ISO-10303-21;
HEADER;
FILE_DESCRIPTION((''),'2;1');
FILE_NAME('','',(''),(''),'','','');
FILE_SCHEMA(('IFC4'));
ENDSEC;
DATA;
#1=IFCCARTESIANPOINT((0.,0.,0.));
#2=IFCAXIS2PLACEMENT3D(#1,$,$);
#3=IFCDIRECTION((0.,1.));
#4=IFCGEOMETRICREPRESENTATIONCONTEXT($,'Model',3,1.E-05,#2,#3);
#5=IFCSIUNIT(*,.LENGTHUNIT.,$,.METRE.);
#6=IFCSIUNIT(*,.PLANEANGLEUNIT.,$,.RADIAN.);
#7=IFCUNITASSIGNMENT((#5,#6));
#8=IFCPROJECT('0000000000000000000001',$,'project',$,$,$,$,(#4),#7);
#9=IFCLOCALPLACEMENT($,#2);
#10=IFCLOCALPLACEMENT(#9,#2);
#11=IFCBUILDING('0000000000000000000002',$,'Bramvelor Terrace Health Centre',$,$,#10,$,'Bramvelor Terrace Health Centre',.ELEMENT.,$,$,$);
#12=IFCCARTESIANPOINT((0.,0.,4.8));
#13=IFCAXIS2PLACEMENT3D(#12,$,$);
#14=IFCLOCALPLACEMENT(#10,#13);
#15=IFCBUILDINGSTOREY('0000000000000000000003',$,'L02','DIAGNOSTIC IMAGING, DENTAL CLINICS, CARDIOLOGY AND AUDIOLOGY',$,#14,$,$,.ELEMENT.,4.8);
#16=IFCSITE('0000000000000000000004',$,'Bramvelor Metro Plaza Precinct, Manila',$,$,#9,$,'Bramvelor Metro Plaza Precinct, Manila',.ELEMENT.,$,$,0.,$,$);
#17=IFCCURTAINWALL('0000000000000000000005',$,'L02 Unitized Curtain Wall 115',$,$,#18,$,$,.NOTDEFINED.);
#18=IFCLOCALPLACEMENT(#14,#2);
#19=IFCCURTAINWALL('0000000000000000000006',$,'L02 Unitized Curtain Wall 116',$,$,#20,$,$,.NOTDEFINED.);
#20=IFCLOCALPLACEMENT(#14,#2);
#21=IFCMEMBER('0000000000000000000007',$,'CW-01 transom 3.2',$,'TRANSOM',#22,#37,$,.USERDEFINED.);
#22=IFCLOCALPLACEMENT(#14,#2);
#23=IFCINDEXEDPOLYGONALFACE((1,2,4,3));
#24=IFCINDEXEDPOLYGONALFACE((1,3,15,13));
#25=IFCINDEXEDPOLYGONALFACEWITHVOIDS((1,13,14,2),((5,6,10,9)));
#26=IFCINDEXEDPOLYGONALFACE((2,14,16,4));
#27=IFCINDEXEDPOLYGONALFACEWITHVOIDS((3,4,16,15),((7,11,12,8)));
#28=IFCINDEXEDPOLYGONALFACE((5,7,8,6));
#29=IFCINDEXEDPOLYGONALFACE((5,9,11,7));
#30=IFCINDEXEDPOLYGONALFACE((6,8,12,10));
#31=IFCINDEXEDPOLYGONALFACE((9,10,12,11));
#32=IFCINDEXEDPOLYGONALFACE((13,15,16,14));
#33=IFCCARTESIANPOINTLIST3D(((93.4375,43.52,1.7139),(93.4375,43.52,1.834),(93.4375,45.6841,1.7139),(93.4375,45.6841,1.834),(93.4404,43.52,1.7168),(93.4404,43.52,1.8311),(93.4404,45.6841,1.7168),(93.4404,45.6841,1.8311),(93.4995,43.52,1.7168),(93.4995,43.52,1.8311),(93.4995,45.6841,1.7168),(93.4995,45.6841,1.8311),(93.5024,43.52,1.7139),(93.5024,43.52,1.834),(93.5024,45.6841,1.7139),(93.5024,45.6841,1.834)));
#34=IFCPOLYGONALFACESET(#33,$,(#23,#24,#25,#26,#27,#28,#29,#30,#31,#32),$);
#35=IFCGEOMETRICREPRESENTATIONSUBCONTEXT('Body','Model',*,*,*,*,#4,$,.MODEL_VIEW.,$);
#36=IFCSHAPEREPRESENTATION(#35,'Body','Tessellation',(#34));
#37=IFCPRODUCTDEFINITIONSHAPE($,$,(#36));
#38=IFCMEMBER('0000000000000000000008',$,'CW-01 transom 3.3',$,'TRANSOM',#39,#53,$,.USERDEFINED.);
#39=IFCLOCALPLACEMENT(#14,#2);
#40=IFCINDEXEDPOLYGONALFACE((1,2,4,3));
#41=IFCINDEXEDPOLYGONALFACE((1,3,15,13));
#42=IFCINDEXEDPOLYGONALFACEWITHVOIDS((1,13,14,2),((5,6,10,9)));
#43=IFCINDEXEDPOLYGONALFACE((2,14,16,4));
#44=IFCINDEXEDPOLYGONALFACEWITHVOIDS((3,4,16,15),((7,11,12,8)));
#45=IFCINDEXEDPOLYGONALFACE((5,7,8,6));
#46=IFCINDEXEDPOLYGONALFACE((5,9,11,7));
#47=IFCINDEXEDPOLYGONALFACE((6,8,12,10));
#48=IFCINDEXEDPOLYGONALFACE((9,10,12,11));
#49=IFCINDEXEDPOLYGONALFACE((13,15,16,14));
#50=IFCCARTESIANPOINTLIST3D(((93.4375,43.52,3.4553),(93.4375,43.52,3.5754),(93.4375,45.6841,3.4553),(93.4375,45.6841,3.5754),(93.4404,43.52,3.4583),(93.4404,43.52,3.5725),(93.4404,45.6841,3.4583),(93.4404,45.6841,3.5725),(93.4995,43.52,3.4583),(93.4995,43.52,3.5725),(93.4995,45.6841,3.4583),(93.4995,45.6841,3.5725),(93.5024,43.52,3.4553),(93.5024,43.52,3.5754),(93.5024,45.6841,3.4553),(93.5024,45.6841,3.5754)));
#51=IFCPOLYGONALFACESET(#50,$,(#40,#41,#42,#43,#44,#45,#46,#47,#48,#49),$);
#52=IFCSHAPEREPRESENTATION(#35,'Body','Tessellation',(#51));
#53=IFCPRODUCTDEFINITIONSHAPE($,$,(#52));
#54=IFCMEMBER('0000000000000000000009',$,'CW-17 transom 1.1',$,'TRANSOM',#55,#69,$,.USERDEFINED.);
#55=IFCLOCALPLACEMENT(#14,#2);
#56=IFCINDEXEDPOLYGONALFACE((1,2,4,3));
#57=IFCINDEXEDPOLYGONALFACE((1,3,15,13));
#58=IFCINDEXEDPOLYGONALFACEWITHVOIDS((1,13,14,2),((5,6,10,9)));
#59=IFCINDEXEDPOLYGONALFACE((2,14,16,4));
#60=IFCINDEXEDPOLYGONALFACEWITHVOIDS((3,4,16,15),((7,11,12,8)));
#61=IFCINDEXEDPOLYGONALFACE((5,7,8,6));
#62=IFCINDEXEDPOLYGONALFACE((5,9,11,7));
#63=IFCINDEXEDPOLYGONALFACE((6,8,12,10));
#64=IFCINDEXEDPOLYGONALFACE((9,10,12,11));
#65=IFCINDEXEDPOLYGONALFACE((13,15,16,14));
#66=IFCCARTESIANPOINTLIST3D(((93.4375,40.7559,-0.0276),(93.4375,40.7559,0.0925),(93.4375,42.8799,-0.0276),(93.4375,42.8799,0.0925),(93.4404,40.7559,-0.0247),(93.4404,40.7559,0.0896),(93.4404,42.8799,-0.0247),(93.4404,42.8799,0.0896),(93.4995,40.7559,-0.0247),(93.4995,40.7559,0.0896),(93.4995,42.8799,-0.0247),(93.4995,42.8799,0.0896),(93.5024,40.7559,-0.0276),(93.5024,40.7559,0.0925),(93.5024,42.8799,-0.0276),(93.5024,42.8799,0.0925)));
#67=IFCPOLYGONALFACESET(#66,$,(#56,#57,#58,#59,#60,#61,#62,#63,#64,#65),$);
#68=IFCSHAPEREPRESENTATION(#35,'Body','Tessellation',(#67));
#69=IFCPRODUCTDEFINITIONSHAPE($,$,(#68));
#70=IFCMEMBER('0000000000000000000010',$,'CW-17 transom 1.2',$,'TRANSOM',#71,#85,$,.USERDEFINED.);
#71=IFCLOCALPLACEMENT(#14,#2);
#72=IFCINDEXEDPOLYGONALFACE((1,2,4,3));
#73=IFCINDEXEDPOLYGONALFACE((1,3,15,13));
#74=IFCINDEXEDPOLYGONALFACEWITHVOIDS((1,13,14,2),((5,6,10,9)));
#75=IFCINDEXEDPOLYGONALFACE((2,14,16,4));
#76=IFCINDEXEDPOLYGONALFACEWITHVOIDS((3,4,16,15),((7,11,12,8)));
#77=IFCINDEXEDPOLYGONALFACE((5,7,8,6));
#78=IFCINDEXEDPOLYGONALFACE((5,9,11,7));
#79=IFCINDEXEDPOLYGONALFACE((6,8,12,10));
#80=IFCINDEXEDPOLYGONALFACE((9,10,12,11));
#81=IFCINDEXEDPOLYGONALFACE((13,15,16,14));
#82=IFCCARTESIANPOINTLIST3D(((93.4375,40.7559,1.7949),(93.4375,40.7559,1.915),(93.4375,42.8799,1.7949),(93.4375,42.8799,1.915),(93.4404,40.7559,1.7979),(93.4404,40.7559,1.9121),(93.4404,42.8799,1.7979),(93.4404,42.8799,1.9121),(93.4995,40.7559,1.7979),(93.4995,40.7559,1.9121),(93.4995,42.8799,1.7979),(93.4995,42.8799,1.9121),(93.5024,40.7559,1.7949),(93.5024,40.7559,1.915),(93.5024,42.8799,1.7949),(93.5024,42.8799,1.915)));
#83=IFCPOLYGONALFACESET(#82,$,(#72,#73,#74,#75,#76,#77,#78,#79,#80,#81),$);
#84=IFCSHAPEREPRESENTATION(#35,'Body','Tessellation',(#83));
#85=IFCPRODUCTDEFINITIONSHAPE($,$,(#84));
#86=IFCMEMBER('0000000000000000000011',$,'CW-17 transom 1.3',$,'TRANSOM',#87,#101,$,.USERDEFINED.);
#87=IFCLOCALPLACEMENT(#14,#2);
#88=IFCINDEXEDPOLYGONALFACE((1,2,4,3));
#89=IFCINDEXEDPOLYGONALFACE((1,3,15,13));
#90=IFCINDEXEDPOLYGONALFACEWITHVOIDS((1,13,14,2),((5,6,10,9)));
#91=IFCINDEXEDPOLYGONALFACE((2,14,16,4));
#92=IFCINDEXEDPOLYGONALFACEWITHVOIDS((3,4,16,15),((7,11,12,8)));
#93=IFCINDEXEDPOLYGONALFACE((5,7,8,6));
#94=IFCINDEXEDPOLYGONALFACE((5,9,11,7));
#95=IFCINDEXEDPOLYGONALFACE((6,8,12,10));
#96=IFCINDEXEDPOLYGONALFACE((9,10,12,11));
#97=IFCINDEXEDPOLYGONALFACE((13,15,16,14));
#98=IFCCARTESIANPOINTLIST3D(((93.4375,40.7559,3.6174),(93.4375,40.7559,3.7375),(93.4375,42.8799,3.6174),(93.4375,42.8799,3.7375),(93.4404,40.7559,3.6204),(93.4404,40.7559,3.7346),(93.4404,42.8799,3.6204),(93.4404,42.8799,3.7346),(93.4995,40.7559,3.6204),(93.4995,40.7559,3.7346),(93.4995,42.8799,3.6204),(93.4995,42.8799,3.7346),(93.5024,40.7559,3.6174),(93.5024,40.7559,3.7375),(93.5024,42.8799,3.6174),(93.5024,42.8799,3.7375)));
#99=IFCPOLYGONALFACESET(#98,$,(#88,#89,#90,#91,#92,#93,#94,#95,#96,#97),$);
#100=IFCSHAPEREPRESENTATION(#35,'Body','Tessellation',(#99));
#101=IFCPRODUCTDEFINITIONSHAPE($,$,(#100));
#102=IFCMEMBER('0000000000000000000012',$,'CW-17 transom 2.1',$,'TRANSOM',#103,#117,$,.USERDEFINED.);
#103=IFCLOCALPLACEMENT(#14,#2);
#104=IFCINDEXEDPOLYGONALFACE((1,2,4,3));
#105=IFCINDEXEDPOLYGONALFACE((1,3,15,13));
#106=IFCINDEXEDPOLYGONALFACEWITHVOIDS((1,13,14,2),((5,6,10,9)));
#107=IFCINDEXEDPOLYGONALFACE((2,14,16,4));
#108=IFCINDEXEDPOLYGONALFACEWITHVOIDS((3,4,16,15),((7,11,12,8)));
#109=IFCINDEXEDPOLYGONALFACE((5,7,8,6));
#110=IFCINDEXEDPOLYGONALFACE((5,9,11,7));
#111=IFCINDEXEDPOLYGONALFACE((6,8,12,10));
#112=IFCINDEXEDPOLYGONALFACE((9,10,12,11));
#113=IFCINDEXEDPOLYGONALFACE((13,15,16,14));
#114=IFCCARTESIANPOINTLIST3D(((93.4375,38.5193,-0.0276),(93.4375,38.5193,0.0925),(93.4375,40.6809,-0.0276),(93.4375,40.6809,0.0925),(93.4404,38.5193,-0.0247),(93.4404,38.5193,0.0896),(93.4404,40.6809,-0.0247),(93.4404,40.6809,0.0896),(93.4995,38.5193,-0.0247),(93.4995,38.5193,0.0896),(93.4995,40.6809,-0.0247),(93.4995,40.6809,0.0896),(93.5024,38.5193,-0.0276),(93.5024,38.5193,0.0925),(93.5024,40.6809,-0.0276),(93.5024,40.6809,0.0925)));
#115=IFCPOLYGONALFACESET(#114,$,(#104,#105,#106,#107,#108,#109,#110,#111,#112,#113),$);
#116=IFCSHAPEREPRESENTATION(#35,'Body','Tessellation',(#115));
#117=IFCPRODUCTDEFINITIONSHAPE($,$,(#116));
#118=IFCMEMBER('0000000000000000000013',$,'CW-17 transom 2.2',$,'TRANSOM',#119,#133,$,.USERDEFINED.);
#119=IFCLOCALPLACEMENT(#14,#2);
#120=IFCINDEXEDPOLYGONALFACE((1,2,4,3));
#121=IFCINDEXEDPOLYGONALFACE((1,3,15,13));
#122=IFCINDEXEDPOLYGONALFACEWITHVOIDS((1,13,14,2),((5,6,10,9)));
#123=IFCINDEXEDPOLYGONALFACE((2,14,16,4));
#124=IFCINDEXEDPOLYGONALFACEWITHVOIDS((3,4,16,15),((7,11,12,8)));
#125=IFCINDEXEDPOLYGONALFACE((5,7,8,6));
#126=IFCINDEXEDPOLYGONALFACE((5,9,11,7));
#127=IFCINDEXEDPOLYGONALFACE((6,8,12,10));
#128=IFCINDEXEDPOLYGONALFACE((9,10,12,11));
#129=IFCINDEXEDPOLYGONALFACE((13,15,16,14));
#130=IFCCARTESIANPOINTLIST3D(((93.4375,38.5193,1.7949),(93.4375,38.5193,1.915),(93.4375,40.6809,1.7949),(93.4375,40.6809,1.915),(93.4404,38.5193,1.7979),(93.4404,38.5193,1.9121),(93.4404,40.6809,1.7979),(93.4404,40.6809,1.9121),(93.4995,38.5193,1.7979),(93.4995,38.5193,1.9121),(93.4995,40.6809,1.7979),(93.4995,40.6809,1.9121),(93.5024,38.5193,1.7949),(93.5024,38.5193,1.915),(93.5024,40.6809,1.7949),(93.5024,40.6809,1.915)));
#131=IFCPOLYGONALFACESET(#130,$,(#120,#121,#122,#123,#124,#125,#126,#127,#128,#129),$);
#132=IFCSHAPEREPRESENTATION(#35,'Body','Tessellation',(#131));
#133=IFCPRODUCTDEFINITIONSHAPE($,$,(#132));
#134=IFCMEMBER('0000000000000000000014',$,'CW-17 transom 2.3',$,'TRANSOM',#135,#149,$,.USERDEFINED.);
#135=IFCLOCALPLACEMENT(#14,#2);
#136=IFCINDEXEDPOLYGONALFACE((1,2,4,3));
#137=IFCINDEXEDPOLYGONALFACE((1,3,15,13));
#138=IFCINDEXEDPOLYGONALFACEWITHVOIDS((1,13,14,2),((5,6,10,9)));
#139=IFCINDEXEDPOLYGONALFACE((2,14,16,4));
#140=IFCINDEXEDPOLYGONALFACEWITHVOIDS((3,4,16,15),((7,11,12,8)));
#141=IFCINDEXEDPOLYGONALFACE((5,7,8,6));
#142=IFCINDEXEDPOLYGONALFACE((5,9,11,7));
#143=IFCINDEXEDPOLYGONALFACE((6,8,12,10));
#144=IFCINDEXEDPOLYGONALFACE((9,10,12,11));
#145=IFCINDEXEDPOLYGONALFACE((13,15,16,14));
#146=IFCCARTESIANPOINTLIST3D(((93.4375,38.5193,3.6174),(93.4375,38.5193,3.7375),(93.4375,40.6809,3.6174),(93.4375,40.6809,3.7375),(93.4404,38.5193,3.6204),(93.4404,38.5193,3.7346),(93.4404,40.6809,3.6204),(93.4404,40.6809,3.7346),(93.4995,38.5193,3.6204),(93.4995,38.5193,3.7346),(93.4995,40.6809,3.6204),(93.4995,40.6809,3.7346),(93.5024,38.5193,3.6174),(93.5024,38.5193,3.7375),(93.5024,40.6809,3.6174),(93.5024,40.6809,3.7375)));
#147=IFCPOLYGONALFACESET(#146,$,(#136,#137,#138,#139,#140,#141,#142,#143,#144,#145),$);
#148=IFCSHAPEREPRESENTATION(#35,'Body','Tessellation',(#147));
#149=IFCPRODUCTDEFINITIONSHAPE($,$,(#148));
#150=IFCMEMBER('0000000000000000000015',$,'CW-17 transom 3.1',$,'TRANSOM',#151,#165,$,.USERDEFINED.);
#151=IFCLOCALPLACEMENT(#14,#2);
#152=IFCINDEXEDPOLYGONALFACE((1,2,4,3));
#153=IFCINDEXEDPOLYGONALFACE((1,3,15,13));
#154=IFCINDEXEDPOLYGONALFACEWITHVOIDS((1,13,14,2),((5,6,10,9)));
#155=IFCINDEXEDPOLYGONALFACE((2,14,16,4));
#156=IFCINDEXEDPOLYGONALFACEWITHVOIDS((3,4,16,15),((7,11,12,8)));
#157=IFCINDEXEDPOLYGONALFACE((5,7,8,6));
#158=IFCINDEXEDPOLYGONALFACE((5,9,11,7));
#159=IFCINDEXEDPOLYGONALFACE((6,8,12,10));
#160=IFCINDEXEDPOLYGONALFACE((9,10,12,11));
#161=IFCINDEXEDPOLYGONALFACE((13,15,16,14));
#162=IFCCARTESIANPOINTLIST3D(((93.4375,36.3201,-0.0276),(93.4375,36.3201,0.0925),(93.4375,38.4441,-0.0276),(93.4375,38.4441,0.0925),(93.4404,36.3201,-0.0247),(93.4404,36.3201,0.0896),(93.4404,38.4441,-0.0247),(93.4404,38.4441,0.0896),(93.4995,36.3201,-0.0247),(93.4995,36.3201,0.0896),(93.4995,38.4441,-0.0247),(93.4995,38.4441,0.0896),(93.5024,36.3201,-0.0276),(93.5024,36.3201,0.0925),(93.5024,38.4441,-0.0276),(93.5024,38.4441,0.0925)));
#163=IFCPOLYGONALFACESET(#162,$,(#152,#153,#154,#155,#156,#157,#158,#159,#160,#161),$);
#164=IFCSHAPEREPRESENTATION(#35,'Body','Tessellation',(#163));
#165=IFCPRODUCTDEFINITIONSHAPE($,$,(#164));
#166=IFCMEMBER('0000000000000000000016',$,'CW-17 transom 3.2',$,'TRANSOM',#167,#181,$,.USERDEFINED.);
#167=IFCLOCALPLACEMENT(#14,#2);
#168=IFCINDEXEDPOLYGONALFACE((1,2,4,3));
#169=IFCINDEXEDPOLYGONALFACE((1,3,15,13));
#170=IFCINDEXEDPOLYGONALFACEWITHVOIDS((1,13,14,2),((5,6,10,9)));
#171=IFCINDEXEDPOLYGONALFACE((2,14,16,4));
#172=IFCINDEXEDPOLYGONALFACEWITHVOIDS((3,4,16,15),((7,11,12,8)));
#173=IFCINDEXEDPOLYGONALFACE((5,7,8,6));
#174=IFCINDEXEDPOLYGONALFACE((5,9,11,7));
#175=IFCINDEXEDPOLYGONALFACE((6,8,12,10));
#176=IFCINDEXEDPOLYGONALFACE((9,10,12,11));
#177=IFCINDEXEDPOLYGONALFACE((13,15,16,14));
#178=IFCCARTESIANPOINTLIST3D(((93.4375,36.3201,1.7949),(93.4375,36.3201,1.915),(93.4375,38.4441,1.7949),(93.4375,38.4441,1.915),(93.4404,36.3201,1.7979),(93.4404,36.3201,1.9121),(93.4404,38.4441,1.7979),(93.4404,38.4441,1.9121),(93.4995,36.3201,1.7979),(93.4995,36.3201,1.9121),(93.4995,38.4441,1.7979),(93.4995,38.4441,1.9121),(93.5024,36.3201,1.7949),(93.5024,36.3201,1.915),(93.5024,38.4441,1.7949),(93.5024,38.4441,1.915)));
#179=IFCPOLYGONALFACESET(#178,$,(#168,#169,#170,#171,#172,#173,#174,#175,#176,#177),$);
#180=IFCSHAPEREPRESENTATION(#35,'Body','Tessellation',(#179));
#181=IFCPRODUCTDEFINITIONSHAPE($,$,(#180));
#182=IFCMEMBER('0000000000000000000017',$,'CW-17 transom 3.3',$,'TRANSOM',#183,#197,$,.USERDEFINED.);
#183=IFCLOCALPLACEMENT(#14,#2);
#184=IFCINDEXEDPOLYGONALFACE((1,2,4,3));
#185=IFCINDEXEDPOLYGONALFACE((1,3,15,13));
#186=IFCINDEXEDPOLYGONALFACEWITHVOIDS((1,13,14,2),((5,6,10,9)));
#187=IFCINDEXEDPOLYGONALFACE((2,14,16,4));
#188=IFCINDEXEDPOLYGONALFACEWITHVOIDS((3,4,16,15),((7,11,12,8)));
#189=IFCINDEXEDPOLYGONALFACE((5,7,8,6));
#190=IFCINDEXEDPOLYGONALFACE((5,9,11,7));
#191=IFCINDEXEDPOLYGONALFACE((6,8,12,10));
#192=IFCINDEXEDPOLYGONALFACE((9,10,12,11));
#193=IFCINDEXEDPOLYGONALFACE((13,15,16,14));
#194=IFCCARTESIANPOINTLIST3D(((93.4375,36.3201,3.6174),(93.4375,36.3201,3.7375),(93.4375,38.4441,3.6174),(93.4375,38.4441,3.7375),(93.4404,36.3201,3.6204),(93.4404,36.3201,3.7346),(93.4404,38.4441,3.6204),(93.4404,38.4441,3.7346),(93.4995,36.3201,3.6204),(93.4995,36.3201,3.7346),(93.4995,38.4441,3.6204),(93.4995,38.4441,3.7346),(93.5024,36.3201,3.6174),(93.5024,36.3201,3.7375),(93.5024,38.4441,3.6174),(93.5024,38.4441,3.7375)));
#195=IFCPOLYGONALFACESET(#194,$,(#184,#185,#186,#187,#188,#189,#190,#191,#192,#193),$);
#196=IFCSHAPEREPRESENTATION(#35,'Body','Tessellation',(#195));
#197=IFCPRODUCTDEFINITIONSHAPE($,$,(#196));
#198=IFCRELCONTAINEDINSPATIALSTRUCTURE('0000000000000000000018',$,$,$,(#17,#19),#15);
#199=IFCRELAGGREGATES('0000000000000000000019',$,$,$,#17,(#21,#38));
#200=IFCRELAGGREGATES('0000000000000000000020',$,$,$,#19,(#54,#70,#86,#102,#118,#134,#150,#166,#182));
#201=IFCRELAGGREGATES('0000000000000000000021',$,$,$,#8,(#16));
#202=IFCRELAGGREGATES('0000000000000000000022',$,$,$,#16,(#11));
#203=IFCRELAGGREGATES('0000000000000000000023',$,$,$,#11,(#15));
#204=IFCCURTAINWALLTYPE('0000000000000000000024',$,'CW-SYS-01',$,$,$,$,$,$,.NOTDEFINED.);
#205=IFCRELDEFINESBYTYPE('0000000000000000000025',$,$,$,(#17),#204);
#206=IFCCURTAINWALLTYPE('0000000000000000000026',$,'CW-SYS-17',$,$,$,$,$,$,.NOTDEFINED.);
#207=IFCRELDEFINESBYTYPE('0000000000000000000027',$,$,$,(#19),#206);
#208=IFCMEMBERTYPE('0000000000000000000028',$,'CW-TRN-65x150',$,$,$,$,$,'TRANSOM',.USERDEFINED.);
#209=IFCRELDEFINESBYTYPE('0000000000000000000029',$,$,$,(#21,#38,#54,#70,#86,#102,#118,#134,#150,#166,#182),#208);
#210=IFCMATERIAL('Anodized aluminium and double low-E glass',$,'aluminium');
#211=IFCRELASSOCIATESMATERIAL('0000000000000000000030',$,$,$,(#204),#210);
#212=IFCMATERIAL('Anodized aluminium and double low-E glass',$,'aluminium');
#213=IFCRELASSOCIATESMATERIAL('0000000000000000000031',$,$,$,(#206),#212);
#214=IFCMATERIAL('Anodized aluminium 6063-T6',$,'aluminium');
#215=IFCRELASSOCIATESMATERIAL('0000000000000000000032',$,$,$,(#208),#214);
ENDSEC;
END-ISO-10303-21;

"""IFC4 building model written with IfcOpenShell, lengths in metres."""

from ifc_helpers import new_model, si_unit, direction, frame, origin, origin_2d, place, context, subcontext, project, spatial, hollow_rectangle, extrude, material, material_profile, profile_set, type_object, element, aggregate, save


model = new_model("IFC4")

# Units and contexts
model_context = context("Model", 3, precision=1e-05, world=origin(), true_north=direction((0.0, 1.0)))
body_context = subcontext(model_context, "Body", "Model", "MODEL_VIEW")
ifc_project = project(units=[si_unit("LENGTHUNIT", "METRE"), si_unit("PLANEANGLEUNIT", "RADIAN")], contexts=[model_context])

# Site, building, storey
site_placement = place(None, origin())
site = spatial("IfcSite", under=ifc_project, at=site_placement, Name="Bramvelor Metro Plaza Precinct, Manila", LongName="Bramvelor Metro Plaza Precinct, Manila", CompositionType="ELEMENT", RefElevation=0.0)
building_placement = place(site_placement, origin())
building = spatial("IfcBuilding", under=site, at=building_placement, Name="Bramvelor Terrace Health Centre", LongName="Bramvelor Terrace Health Centre", CompositionType="ELEMENT")
storey_placement = place(building_placement, frame((0.0, 0.0, 4.8)))
storey = spatial("IfcBuildingStorey", under=building, at=storey_placement, Name="L02", Description="DIAGNOSTIC IMAGING, DENTAL CLINICS, CARDIOLOGY AND AUDIOLOGY", CompositionType="ELEMENT", Elevation=4.8)

# Curtain walls
ifc_material_1 = material(Name="Anodized aluminium and double low-E glass", Category="aluminium")
curtain_wall_type_1 = type_object("IfcCurtainWallType", Name="CW-SYS-01", PredefinedType="NOTDEFINED", material=ifc_material_1)
curtain_wall_1_placement = place(storey_placement, origin())
curtain_wall_1 = element("IfcCurtainWall", 1, at=curtain_wall_1_placement, inside=storey, type_object=curtain_wall_type_1, Name="L02 Unitized Curtain Wall 115", PredefinedType="NOTDEFINED")
ifc_material_2 = material(Name="Anodized aluminium and double low-E glass", Category="aluminium")
curtain_wall_type_2 = type_object("IfcCurtainWallType", Name="CW-SYS-17", PredefinedType="NOTDEFINED", material=ifc_material_2)
curtain_wall_2_placement = place(storey_placement, origin())
curtain_wall_2 = element("IfcCurtainWall", 2, at=curtain_wall_2_placement, inside=storey, type_object=curtain_wall_type_2, Name="L02 Unitized Curtain Wall 116", PredefinedType="NOTDEFINED")

# Members
ifc_material_3 = material(Name="Anodized aluminium 6063-T6", Category="aluminium")
ifc_material_profile_1 = material_profile(ifc_material_3, hollow_rectangle(XDim=0.0649, YDim=0.1201, WallThickness=0.0029, at=origin_2d()), Name="ALU-TRN 65x120x3.0")
ifc_profile_set_1 = profile_set([ifc_material_profile_1], Name="Anodized aluminium 6063-T6")
member_type_1 = type_object("IfcMemberType", Name="CW-TRN-65x150", ElementType="TRANSOM", PredefinedType="USERDEFINED", material=ifc_profile_set_1)
member_1_placement = place(storey_placement, frame((93.47, 45.6841, 1.7739), z_axis=(0.0, -1.0, 0.0), x_axis=(1.0, 0.0, 0.0)))
member_1 = element("IfcMember", 3, at=member_1_placement, type_object=member_type_1, Name="CW-01 transom 3.2", ObjectType="TRANSOM", PredefinedType="USERDEFINED", context=body_context, shape_type="SweptSolid", body=[
    extrude(hollow_rectangle(XDim=0.0649, YDim=0.1201, WallThickness=0.0029, at=origin_2d()), origin(), (0.0, 0.0, 1.0), 2.1641),
])
member_2_placement = place(storey_placement, frame((93.47, 45.6841, 3.5154), z_axis=(0.0, -1.0, 0.0), x_axis=(1.0, 0.0, 0.0)))
member_2 = element("IfcMember", 4, at=member_2_placement, type_object=member_type_1, Name="CW-01 transom 3.3", ObjectType="TRANSOM", PredefinedType="USERDEFINED", context=body_context, shape_type="SweptSolid", body=[
    extrude(hollow_rectangle(XDim=0.0649, YDim=0.1201, WallThickness=0.0029, at=origin_2d()), origin(), (0.0, 0.0, 1.0), 2.1641),
])
member_3_placement = place(storey_placement, frame((93.47, 42.8799, 0.0325), z_axis=(0.0, -1.0, 0.0), x_axis=(1.0, 0.0, 0.0)))
member_3 = element("IfcMember", 5, at=member_3_placement, type_object=member_type_1, Name="CW-17 transom 1.1", ObjectType="TRANSOM", PredefinedType="USERDEFINED", context=body_context, shape_type="SweptSolid", body=[
    extrude(hollow_rectangle(XDim=0.0649, YDim=0.1201, WallThickness=0.0029, at=origin_2d()), origin(), (0.0, 0.0, 1.0), 2.124),
])
member_4_placement = place(storey_placement, frame((93.47, 42.8799, 1.855), z_axis=(0.0, -1.0, 0.0), x_axis=(1.0, 0.0, 0.0)))
member_4 = element("IfcMember", 6, at=member_4_placement, type_object=member_type_1, Name="CW-17 transom 1.2", ObjectType="TRANSOM", PredefinedType="USERDEFINED", context=body_context, shape_type="SweptSolid", body=[
    extrude(hollow_rectangle(XDim=0.0649, YDim=0.1201, WallThickness=0.0029, at=origin_2d()), origin(), (0.0, 0.0, 1.0), 2.124),
])
member_5_placement = place(storey_placement, frame((93.47, 42.8799, 3.6775), z_axis=(0.0, -1.0, 0.0), x_axis=(1.0, 0.0, 0.0)))
member_5 = element("IfcMember", 7, at=member_5_placement, type_object=member_type_1, Name="CW-17 transom 1.3", ObjectType="TRANSOM", PredefinedType="USERDEFINED", context=body_context, shape_type="SweptSolid", body=[
    extrude(hollow_rectangle(XDim=0.0649, YDim=0.1201, WallThickness=0.0029, at=origin_2d()), origin(), (0.0, 0.0, 1.0), 2.124),
])
member_6_placement = place(storey_placement, frame((93.47, 40.6809, 0.0325), z_axis=(0.0, -1.0, 0.0), x_axis=(1.0, 0.0, 0.0)))
member_6 = element("IfcMember", 8, at=member_6_placement, type_object=member_type_1, Name="CW-17 transom 2.1", ObjectType="TRANSOM", PredefinedType="USERDEFINED", context=body_context, shape_type="SweptSolid", body=[
    extrude(hollow_rectangle(XDim=0.0649, YDim=0.1201, WallThickness=0.0029, at=origin_2d()), origin(), (0.0, 0.0, 1.0), 2.1616),
])
member_7_placement = place(storey_placement, frame((93.47, 40.6809, 1.855), z_axis=(0.0, -1.0, 0.0), x_axis=(1.0, 0.0, 0.0)))
member_7 = element("IfcMember", 9, at=member_7_placement, type_object=member_type_1, Name="CW-17 transom 2.2", ObjectType="TRANSOM", PredefinedType="USERDEFINED", context=body_context, shape_type="SweptSolid", body=[
    extrude(hollow_rectangle(XDim=0.0649, YDim=0.1201, WallThickness=0.0029, at=origin_2d()), origin(), (0.0, 0.0, 1.0), 2.1616),
])
member_8_placement = place(storey_placement, frame((93.47, 40.6809, 3.6775), z_axis=(0.0, -1.0, 0.0), x_axis=(1.0, 0.0, 0.0)))
member_8 = element("IfcMember", 10, at=member_8_placement, type_object=member_type_1, Name="CW-17 transom 2.3", ObjectType="TRANSOM", PredefinedType="USERDEFINED", context=body_context, shape_type="SweptSolid", body=[
    extrude(hollow_rectangle(XDim=0.0649, YDim=0.1201, WallThickness=0.0029, at=origin_2d()), origin(), (0.0, 0.0, 1.0), 2.1616),
])
member_9_placement = place(storey_placement, frame((93.47, 38.4441, 0.0325), z_axis=(0.0, -1.0, 0.0), x_axis=(1.0, 0.0, 0.0)))
member_9 = element("IfcMember", 11, at=member_9_placement, type_object=member_type_1, Name="CW-17 transom 3.1", ObjectType="TRANSOM", PredefinedType="USERDEFINED", context=body_context, shape_type="SweptSolid", body=[
    extrude(hollow_rectangle(XDim=0.0649, YDim=0.1201, WallThickness=0.0029, at=origin_2d()), origin(), (0.0, 0.0, 1.0), 2.124),
])
member_10_placement = place(storey_placement, frame((93.47, 38.4441, 1.855), z_axis=(0.0, -1.0, 0.0), x_axis=(1.0, 0.0, 0.0)))
member_10 = element("IfcMember", 12, at=member_10_placement, type_object=member_type_1, Name="CW-17 transom 3.2", ObjectType="TRANSOM", PredefinedType="USERDEFINED", context=body_context, shape_type="SweptSolid", body=[
    extrude(hollow_rectangle(XDim=0.0649, YDim=0.1201, WallThickness=0.0029, at=origin_2d()), origin(), (0.0, 0.0, 1.0), 2.124),
])
member_11_placement = place(storey_placement, frame((93.47, 38.4441, 3.6775), z_axis=(0.0, -1.0, 0.0), x_axis=(1.0, 0.0, 0.0)))
member_11 = element("IfcMember", 13, at=member_11_placement, type_object=member_type_1, Name="CW-17 transom 3.3", ObjectType="TRANSOM", PredefinedType="USERDEFINED", context=body_context, shape_type="SweptSolid", body=[
    extrude(hollow_rectangle(XDim=0.0649, YDim=0.1201, WallThickness=0.0029, at=origin_2d()), origin(), (0.0, 0.0, 1.0), 2.124),
])

aggregate(curtain_wall_1, [member_1, member_2])
aggregate(curtain_wall_2, [member_3, member_4, member_5, member_6, member_7, member_8, member_9, member_10, member_11])

save(model, "model.ifc")
